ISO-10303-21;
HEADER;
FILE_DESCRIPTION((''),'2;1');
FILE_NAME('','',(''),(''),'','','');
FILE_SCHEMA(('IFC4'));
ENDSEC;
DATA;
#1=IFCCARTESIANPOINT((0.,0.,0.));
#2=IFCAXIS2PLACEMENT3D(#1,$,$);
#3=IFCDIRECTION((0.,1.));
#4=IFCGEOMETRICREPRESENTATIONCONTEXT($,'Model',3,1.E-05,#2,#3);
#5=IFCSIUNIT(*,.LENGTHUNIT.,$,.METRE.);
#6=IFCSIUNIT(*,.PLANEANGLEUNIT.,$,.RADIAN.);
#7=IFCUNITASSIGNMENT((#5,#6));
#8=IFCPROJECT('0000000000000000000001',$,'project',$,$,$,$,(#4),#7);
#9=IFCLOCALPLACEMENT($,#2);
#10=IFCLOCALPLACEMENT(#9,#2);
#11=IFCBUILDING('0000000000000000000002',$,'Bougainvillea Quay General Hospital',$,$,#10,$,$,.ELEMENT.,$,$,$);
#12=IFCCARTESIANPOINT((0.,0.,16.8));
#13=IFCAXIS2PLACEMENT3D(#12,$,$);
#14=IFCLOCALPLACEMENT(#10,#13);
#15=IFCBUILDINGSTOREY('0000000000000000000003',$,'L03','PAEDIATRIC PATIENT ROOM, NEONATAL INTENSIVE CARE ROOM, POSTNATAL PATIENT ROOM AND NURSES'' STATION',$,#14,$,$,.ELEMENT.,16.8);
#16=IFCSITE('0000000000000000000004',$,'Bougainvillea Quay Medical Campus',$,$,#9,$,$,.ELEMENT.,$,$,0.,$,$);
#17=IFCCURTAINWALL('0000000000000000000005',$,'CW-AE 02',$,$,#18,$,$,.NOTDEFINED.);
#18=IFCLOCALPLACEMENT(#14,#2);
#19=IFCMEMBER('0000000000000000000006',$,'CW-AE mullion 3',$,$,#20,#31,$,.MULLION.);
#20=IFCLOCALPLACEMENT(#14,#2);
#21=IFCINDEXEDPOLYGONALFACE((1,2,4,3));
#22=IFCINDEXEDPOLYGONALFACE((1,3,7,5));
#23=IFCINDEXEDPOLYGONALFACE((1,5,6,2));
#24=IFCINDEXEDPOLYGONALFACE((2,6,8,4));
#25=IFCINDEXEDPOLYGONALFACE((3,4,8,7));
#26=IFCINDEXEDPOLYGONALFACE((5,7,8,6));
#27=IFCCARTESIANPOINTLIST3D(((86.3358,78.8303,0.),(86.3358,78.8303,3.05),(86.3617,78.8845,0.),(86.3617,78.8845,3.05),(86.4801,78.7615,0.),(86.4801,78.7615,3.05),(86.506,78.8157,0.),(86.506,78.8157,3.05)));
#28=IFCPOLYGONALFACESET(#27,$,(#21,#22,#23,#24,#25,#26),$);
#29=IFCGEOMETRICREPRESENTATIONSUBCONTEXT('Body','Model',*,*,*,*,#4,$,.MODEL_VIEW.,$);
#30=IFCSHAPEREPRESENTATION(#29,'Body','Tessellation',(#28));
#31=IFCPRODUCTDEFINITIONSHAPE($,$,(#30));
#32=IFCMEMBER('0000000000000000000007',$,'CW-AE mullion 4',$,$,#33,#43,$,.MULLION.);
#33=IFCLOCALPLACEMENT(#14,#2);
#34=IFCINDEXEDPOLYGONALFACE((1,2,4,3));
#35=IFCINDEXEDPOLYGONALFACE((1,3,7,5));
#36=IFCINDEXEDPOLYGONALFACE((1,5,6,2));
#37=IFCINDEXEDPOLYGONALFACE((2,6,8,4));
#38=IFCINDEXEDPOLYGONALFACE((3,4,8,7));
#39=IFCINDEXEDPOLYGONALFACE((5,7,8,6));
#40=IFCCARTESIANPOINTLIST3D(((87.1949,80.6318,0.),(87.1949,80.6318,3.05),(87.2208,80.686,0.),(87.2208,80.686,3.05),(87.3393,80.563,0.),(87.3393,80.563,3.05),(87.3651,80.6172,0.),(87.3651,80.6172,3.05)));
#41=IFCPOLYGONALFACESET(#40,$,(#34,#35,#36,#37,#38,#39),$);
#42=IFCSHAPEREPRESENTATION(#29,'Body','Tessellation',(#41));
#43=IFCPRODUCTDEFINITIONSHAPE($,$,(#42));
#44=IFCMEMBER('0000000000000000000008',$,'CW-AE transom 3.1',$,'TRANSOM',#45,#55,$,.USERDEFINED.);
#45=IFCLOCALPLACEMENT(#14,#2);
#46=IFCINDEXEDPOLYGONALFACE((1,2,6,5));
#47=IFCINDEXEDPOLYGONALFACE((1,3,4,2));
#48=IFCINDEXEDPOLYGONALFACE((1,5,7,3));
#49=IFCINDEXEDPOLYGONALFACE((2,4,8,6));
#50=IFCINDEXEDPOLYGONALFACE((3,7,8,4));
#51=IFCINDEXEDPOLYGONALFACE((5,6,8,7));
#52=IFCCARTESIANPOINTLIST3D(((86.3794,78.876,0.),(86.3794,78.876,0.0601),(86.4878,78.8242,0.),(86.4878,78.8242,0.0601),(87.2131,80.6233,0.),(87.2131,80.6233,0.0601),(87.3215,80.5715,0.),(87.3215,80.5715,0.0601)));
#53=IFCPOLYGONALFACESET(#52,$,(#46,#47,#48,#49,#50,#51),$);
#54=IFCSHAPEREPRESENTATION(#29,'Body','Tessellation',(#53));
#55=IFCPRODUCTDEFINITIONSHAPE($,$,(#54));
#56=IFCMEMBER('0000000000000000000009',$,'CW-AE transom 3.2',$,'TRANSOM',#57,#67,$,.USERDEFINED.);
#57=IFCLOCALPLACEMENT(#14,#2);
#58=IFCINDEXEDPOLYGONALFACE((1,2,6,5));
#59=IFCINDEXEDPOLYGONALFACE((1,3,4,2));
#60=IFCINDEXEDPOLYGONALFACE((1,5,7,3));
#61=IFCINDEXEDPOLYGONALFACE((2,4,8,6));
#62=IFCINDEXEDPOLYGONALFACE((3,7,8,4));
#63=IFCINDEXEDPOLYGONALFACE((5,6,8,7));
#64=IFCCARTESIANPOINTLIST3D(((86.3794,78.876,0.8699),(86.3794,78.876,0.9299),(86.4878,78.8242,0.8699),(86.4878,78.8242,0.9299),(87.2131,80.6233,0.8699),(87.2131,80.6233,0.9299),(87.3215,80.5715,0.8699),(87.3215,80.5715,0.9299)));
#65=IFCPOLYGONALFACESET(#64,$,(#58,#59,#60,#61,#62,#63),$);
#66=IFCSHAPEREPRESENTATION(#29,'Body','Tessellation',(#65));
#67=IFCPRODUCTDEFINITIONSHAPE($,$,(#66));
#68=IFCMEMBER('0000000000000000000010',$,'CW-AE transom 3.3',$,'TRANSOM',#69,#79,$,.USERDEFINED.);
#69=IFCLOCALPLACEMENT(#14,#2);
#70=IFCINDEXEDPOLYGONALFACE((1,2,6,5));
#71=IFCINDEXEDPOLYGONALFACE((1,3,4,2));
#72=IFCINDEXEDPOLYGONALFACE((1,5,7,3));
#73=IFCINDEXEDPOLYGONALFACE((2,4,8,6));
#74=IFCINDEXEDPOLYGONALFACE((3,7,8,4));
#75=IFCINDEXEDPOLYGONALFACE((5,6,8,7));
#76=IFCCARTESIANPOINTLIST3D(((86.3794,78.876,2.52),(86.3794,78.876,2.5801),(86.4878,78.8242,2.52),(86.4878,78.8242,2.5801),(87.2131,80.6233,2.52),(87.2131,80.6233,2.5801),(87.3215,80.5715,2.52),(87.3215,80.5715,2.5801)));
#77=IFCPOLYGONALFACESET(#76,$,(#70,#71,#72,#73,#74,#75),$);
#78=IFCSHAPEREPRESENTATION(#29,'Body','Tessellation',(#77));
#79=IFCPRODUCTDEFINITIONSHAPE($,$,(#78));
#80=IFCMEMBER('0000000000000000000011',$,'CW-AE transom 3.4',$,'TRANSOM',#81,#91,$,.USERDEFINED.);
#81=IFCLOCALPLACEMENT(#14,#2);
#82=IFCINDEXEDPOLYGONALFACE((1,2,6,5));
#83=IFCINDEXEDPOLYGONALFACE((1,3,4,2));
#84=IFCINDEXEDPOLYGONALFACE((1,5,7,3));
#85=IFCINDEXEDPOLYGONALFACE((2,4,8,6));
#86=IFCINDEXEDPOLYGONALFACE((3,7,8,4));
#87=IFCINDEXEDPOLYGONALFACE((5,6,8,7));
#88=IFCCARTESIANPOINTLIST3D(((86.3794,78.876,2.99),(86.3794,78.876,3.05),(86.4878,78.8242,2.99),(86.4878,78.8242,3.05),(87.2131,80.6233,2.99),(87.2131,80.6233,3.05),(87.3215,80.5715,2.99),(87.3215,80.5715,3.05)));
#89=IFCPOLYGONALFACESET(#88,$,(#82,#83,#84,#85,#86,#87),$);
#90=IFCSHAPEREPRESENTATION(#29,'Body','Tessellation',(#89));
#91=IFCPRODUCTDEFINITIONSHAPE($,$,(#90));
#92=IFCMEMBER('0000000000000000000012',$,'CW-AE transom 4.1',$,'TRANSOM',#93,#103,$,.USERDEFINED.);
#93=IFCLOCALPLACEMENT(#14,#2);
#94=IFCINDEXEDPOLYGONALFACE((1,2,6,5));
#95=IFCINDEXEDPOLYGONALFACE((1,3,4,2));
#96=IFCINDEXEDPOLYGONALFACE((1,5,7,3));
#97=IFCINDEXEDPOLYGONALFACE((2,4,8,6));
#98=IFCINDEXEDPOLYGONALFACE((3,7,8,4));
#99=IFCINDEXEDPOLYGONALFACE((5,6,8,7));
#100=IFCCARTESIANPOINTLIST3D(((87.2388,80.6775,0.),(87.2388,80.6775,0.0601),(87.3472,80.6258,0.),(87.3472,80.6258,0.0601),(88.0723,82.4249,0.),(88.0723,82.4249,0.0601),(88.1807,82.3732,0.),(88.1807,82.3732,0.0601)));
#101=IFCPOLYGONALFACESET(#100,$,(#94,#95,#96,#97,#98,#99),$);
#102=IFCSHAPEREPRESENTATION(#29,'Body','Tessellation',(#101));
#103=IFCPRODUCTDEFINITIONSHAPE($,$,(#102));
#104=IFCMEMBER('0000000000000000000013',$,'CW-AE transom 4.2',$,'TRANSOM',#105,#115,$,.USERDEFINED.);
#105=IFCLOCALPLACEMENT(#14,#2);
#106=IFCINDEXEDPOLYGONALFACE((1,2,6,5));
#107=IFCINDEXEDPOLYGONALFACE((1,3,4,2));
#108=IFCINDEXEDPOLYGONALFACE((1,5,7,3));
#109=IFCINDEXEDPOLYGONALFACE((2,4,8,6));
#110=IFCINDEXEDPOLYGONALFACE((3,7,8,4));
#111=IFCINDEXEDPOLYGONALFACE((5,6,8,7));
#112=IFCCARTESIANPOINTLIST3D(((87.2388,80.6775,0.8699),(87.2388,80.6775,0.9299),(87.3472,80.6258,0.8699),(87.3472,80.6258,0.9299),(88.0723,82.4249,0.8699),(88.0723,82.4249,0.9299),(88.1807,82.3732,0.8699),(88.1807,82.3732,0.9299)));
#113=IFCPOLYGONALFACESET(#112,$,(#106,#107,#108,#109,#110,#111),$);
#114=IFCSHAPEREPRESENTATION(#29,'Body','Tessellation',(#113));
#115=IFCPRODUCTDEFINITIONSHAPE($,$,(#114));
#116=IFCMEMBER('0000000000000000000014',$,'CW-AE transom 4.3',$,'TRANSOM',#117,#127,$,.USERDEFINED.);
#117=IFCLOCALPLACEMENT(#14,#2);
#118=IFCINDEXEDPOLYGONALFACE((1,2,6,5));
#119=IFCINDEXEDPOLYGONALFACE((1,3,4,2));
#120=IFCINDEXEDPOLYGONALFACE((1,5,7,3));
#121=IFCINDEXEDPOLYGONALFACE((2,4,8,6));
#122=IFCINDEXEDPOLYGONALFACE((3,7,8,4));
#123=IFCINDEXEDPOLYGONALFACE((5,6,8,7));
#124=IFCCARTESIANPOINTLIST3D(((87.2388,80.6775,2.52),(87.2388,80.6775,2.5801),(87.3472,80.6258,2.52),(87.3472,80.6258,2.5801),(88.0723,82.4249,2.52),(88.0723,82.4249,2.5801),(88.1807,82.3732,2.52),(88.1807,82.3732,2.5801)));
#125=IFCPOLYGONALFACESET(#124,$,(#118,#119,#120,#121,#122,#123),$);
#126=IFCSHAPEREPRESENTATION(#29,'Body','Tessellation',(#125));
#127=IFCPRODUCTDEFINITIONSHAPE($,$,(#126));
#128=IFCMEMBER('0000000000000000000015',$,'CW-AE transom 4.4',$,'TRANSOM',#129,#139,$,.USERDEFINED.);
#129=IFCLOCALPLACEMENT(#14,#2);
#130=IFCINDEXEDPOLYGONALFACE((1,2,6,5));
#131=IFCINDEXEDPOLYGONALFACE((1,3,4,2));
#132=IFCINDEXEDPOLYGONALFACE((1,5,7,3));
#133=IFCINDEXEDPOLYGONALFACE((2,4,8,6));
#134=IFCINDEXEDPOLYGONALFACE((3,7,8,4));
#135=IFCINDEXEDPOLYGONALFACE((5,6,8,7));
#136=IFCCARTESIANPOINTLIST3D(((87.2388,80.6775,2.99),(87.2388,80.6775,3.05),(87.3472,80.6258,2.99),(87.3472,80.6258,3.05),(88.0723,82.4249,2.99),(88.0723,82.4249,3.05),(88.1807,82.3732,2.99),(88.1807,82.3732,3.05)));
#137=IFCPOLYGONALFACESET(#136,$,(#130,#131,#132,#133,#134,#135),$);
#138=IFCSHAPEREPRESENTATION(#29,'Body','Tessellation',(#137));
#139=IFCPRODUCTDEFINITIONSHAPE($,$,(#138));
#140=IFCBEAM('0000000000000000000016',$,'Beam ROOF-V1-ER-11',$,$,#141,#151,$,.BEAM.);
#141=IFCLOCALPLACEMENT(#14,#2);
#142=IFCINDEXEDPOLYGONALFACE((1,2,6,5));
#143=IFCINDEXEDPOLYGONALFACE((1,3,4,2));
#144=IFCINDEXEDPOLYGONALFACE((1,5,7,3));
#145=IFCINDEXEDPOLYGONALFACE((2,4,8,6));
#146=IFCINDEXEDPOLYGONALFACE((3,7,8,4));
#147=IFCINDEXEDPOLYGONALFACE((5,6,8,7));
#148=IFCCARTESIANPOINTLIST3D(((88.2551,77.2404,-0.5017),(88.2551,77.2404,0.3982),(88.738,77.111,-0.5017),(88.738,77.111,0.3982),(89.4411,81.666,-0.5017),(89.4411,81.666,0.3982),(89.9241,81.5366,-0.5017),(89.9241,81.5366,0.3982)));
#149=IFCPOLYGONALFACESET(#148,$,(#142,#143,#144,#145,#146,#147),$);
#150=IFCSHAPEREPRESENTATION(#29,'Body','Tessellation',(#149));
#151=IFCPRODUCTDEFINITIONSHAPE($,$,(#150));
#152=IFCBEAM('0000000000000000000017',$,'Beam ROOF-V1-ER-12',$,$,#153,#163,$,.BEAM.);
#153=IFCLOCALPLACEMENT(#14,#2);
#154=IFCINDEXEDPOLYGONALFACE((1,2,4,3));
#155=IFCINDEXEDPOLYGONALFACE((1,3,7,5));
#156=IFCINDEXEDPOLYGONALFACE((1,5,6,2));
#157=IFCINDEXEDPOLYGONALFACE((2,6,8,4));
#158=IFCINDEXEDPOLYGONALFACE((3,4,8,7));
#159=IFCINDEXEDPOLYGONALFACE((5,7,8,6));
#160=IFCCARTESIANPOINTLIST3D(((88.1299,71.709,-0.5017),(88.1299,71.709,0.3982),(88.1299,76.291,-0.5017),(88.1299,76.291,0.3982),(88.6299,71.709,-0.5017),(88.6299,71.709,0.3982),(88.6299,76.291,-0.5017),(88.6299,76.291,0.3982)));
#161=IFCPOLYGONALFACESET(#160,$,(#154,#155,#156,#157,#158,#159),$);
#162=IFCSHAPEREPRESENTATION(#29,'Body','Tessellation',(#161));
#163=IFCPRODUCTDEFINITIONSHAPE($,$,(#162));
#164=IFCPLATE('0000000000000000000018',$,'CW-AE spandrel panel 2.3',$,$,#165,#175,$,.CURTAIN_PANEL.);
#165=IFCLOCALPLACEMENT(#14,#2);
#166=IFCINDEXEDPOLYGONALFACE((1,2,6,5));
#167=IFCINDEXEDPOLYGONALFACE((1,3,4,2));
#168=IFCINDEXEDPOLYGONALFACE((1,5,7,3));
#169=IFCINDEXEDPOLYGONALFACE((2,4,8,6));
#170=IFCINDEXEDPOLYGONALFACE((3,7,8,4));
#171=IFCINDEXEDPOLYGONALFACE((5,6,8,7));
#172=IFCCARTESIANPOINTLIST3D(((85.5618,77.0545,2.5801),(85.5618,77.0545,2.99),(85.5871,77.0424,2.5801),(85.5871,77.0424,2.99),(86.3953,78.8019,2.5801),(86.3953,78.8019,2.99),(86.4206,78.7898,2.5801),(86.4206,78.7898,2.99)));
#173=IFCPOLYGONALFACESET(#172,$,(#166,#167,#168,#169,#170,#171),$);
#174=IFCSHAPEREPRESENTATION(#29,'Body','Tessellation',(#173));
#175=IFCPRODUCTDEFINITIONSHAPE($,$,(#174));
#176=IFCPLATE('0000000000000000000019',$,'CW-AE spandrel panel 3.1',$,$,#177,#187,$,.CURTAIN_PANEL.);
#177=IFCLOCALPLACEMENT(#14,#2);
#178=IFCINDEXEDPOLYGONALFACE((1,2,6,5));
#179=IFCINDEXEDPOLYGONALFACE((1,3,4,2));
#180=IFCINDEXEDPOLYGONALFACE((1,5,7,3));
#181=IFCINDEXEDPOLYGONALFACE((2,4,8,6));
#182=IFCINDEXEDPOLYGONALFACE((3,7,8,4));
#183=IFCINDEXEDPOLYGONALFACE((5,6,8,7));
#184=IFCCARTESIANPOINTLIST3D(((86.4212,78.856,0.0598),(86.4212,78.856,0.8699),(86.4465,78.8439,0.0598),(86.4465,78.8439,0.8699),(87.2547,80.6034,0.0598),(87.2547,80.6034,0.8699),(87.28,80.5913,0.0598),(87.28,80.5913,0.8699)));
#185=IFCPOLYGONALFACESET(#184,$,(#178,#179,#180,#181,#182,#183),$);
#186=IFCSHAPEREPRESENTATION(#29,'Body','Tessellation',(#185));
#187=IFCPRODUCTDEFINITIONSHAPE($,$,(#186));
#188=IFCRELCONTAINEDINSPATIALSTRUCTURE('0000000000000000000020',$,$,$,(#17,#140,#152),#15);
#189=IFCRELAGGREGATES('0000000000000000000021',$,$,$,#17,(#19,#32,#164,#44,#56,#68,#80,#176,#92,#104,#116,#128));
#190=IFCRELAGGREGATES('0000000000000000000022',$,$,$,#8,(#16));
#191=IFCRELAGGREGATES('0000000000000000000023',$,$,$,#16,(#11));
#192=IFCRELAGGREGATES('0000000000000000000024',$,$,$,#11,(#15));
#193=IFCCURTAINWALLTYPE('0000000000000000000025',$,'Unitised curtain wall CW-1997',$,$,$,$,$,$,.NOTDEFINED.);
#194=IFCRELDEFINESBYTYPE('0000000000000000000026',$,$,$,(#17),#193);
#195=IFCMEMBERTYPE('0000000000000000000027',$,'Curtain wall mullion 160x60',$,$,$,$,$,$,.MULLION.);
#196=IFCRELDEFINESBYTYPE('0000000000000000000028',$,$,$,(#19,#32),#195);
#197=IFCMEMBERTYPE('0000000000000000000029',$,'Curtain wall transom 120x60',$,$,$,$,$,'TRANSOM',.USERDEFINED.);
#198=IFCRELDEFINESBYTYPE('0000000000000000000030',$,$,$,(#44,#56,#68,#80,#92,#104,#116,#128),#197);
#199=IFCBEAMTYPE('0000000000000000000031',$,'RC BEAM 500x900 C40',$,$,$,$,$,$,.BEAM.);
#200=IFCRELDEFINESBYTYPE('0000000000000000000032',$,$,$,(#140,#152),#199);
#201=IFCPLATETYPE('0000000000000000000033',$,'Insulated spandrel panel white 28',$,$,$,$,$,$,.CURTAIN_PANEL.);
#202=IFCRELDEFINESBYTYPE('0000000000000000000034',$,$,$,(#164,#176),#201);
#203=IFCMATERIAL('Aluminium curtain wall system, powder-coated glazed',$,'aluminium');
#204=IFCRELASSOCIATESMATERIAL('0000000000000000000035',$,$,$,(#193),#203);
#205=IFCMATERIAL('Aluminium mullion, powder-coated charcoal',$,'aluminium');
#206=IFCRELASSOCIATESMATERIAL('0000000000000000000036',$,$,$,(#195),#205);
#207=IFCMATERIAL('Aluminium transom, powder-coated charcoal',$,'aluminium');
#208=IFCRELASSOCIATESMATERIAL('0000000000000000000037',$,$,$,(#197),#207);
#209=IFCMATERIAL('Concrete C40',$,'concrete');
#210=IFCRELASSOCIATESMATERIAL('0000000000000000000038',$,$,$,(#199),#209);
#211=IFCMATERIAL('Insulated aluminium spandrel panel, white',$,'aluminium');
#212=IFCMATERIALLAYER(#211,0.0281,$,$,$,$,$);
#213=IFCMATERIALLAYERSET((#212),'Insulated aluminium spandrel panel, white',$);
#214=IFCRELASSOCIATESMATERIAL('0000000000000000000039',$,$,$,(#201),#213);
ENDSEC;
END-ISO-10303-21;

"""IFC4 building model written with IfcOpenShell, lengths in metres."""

from ifc_helpers import new_model, si_unit, direction, frame, origin, origin_2d, place, context, subcontext, project, spatial, rectangle, extrude, material, layer, layer_set, material_profile, profile_set, type_object, element, aggregate, save


model = new_model("IFC4")

# Units and contexts
model_context = context("Model", 3, precision=1e-05, world=origin(), true_north=direction((0.0, 1.0)))
body_context = subcontext(model_context, "Body", "Model", "MODEL_VIEW")
ifc_project = project(units=[si_unit("LENGTHUNIT", "METRE"), si_unit("PLANEANGLEUNIT", "RADIAN")], contexts=[model_context])

# Site, building, storey
site_placement = place(None, origin())
site = spatial("IfcSite", under=ifc_project, at=site_placement, Name="Bougainvillea Quay Medical Campus", CompositionType="ELEMENT", RefElevation=0.0)
building_placement = place(site_placement, origin())
building = spatial("IfcBuilding", under=site, at=building_placement, Name="Bougainvillea Quay General Hospital", CompositionType="ELEMENT")
storey_placement = place(building_placement, frame((0.0, 0.0, 16.8)))
storey = spatial("IfcBuildingStorey", under=building, at=storey_placement, Name="L03", Description="PAEDIATRIC PATIENT ROOM, NEONATAL INTENSIVE CARE ROOM, POSTNATAL PATIENT ROOM AND NURSES' STATION", CompositionType="ELEMENT", Elevation=16.8)

# Curtain wall, members
ifc_material_1 = material(Name="Aluminium curtain wall system, powder-coated glazed", Category="aluminium")
curtain_wall_type = type_object("IfcCurtainWallType", Name="Unitised curtain wall CW-1997", PredefinedType="NOTDEFINED", material=ifc_material_1)
curtain_wall_placement = place(storey_placement, origin())
curtain_wall = element("IfcCurtainWall", 1, at=curtain_wall_placement, inside=storey, type_object=curtain_wall_type, Name="CW-AE 02", PredefinedType="NOTDEFINED")
ifc_material_2 = material(Name="Aluminium mullion, powder-coated charcoal", Category="aluminium")
ifc_material_profile_1 = material_profile(ifc_material_2, rectangle(XDim=0.1599, YDim=0.0601, at=origin_2d()))
ifc_profile_set_1 = profile_set([ifc_material_profile_1], Name="Aluminium mullion, powder-coated charcoal")
member_type_1 = type_object("IfcMemberType", Name="Curtain wall mullion 160x60", PredefinedType="MULLION", material=ifc_profile_set_1)
member_1_placement = place(storey_placement, frame((86.4209, 78.823, 0.0), z_axis=(0.0, 0.0, 1.0), x_axis=(-0.902578, 0.430525, 0.0)))
member_1 = element("IfcMember", 2, at=member_1_placement, type_object=member_type_1, Name="CW-AE mullion 3", PredefinedType="MULLION", context=body_context, shape_type="SweptSolid", body=[
    extrude(rectangle(XDim=0.1599, YDim=0.0601, at=origin_2d()), origin(), (0.0, 0.0, 1.0), 3.05),
])
member_2_placement = place(storey_placement, frame((87.28, 80.6245, 0.0), z_axis=(0.0, 0.0, 1.0), x_axis=(-0.902578, 0.430525, 0.0)))
member_2 = element("IfcMember", 3, at=member_2_placement, type_object=member_type_1, Name="CW-AE mullion 4", PredefinedType="MULLION", context=body_context, shape_type="SweptSolid", body=[
    extrude(rectangle(XDim=0.1599, YDim=0.0601, at=origin_2d()), origin(), (0.0, 0.0, 1.0), 3.05),
])
ifc_material_3 = material(Name="Aluminium transom, powder-coated charcoal", Category="aluminium")
ifc_material_profile_2 = material_profile(ifc_material_3, rectangle(XDim=0.1201, YDim=0.0601, at=origin_2d()))
ifc_profile_set_2 = profile_set([ifc_material_profile_2], Name="Aluminium transom, powder-coated charcoal")
member_type_2 = type_object("IfcMemberType", Name="Curtain wall transom 120x60", ElementType="TRANSOM", PredefinedType="USERDEFINED", material=ifc_profile_set_2)
member_3_placement = place(storey_placement, frame((86.4336, 78.8501, 0.03), z_axis=(0.430643, 0.902522, 0.0), x_axis=(-0.902522, 0.430643, 0.0)))
member_3 = element("IfcMember", 4, at=member_3_placement, type_object=member_type_2, Name="CW-AE transom 3.1", ObjectType="TRANSOM", PredefinedType="USERDEFINED", context=body_context, shape_type="SweptSolid", body=[
    extrude(rectangle(XDim=0.1201, YDim=0.0601, at=origin_2d()), origin(), (0.0, 0.0, 1.0), 1.936),
])
member_4_placement = place(storey_placement, frame((86.4336, 78.8501, 0.8999), z_axis=(0.430643, 0.902522, 0.0), x_axis=(-0.902522, 0.430643, 0.0)))
member_4 = element("IfcMember", 5, at=member_4_placement, type_object=member_type_2, Name="CW-AE transom 3.2", ObjectType="TRANSOM", PredefinedType="USERDEFINED", context=body_context, shape_type="SweptSolid", body=[
    extrude(rectangle(XDim=0.1201, YDim=0.0601, at=origin_2d()), origin(), (0.0, 0.0, 1.0), 1.936),
])
member_5_placement = place(storey_placement, frame((86.4336, 78.8501, 2.55), z_axis=(0.430643, 0.902522, 0.0), x_axis=(-0.902522, 0.430643, 0.0)))
member_5 = element("IfcMember", 6, at=member_5_placement, type_object=member_type_2, Name="CW-AE transom 3.3", ObjectType="TRANSOM", PredefinedType="USERDEFINED", context=body_context, shape_type="SweptSolid", body=[
    extrude(rectangle(XDim=0.1201, YDim=0.0601, at=origin_2d()), origin(), (0.0, 0.0, 1.0), 1.936),
])
member_6_placement = place(storey_placement, frame((86.4336, 78.8501, 3.02), z_axis=(0.430643, 0.902522, 0.0), x_axis=(-0.902522, 0.430643, 0.0)))
member_6 = element("IfcMember", 7, at=member_6_placement, type_object=member_type_2, Name="CW-AE transom 3.4", ObjectType="TRANSOM", PredefinedType="USERDEFINED", context=body_context, shape_type="SweptSolid", body=[
    extrude(rectangle(XDim=0.1201, YDim=0.0601, at=origin_2d()), origin(), (0.0, 0.0, 1.0), 1.936),
])
member_7_placement = place(storey_placement, frame((87.293, 80.6516, 0.03), z_axis=(0.43054, 0.902571, 0.0), x_axis=(-0.902571, 0.43054, 0.0)))
member_7 = element("IfcMember", 8, at=member_7_placement, type_object=member_type_2, Name="CW-AE transom 4.1", ObjectType="TRANSOM", PredefinedType="USERDEFINED", context=body_context, shape_type="SweptSolid", body=[
    extrude(rectangle(XDim=0.1201, YDim=0.0601, at=origin_2d()), origin(), (0.0, 0.0, 1.0), 1.936),
])
member_8_placement = place(storey_placement, frame((87.293, 80.6516, 0.8999), z_axis=(0.43054, 0.902571, 0.0), x_axis=(-0.902571, 0.43054, 0.0)))
member_8 = element("IfcMember", 9, at=member_8_placement, type_object=member_type_2, Name="CW-AE transom 4.2", ObjectType="TRANSOM", PredefinedType="USERDEFINED", context=body_context, shape_type="SweptSolid", body=[
    extrude(rectangle(XDim=0.1201, YDim=0.0601, at=origin_2d()), origin(), (0.0, 0.0, 1.0), 1.936),
])
member_9_placement = place(storey_placement, frame((87.293, 80.6516, 2.55), z_axis=(0.43054, 0.902571, 0.0), x_axis=(-0.902571, 0.43054, 0.0)))
member_9 = element("IfcMember", 10, at=member_9_placement, type_object=member_type_2, Name="CW-AE transom 4.3", ObjectType="TRANSOM", PredefinedType="USERDEFINED", context=body_context, shape_type="SweptSolid", body=[
    extrude(rectangle(XDim=0.1201, YDim=0.0601, at=origin_2d()), origin(), (0.0, 0.0, 1.0), 1.936),
])
member_10_placement = place(storey_placement, frame((87.293, 80.6516, 3.02), z_axis=(0.43054, 0.902571, 0.0), x_axis=(-0.902571, 0.43054, 0.0)))
member_10 = element("IfcMember", 11, at=member_10_placement, type_object=member_type_2, Name="CW-AE transom 4.4", ObjectType="TRANSOM", PredefinedType="USERDEFINED", context=body_context, shape_type="SweptSolid", body=[
    extrude(rectangle(XDim=0.1201, YDim=0.0601, at=origin_2d()), origin(), (0.0, 0.0, 1.0), 1.936),
])

# Beams
ifc_material_4 = material(Name="Concrete C40", Category="concrete")
ifc_material_profile_3 = material_profile(ifc_material_4, rectangle(XDim=0.5, YDim=0.8999, at=origin_2d()))
ifc_profile_set_3 = profile_set([ifc_material_profile_3], Name="Concrete C40")
beam_type = type_object("IfcBeamType", Name="RC BEAM 500x900 C40", PredefinedType="BEAM", material=ifc_profile_set_3)
beam_1_placement = place(storey_placement, frame((89.6826, 81.6013, -0.0518), z_axis=(-0.258863, -0.965914, 0.0), x_axis=(0.965914, -0.258863, 0.0)))
element("IfcBeam", 12, at=beam_1_placement, inside=storey, type_object=beam_type, Name="Beam ROOF-V1-ER-11", PredefinedType="BEAM", context=body_context, shape_type="SweptSolid", body=[
    extrude(rectangle(XDim=0.5, YDim=0.8999, at=origin_2d()), origin(), (0.0, 0.0, 1.0), 4.5818),
])
beam_2_placement = place(storey_placement, frame((88.3799, 76.291, -0.0518), z_axis=(0.0, -1.0, 0.0), x_axis=(1.0, 0.0, 0.0)))
element("IfcBeam", 13, at=beam_2_placement, inside=storey, type_object=beam_type, Name="Beam ROOF-V1-ER-12", PredefinedType="BEAM", context=body_context, shape_type="SweptSolid", body=[
    extrude(rectangle(XDim=0.5, YDim=0.8999, at=origin_2d()), origin(), (0.0, 0.0, 1.0), 4.582),
])

# Plates
ifc_material_5 = material(Name="Insulated aluminium spandrel panel, white", Category="aluminium")
ifc_layer_1 = layer(ifc_material_5, 0.0281)
ifc_layer_set_1 = layer_set([ifc_layer_1], Name="Insulated aluminium spandrel panel, white")
plate_type_1 = type_object("IfcPlateType", Name="Insulated spandrel panel white 28", PredefinedType="CURTAIN_PANEL", material=ifc_layer_set_1)
plate_1_placement = place(storey_placement, frame((85.9912, 77.9221, 2.5801), z_axis=(0.0, 0.0, 1.0), x_axis=(0.430525, 0.902578, 0.0)))
plate_1 = element("IfcPlate", 14, at=plate_1_placement, type_object=plate_type_1, Name="CW-AE spandrel panel 2.3", PredefinedType="CURTAIN_PANEL", context=body_context, shape_type="SweptSolid", body=[
    extrude(rectangle(XDim=1.936, YDim=0.0281, at=origin_2d()), origin(), (0.0, 0.0, 1.0), 0.4099),
])
plate_2_placement = place(storey_placement, frame((86.8506, 79.7236, 0.0598), z_axis=(0.0, 0.0, 1.0), x_axis=(0.430525, 0.902578, 0.0)))
plate_2 = element("IfcPlate", 15, at=plate_2_placement, type_object=plate_type_1, Name="CW-AE spandrel panel 3.1", PredefinedType="CURTAIN_PANEL", context=body_context, shape_type="SweptSolid", body=[
    extrude(rectangle(XDim=1.936, YDim=0.0281, at=origin_2d()), origin(), (0.0, 0.0, 1.0), 0.8101),
])
aggregate(curtain_wall, [member_1, member_2, plate_1, member_3, member_4, member_5, member_6, plate_2, member_7, member_8, member_9, member_10])

save(model, "model.ifc")
